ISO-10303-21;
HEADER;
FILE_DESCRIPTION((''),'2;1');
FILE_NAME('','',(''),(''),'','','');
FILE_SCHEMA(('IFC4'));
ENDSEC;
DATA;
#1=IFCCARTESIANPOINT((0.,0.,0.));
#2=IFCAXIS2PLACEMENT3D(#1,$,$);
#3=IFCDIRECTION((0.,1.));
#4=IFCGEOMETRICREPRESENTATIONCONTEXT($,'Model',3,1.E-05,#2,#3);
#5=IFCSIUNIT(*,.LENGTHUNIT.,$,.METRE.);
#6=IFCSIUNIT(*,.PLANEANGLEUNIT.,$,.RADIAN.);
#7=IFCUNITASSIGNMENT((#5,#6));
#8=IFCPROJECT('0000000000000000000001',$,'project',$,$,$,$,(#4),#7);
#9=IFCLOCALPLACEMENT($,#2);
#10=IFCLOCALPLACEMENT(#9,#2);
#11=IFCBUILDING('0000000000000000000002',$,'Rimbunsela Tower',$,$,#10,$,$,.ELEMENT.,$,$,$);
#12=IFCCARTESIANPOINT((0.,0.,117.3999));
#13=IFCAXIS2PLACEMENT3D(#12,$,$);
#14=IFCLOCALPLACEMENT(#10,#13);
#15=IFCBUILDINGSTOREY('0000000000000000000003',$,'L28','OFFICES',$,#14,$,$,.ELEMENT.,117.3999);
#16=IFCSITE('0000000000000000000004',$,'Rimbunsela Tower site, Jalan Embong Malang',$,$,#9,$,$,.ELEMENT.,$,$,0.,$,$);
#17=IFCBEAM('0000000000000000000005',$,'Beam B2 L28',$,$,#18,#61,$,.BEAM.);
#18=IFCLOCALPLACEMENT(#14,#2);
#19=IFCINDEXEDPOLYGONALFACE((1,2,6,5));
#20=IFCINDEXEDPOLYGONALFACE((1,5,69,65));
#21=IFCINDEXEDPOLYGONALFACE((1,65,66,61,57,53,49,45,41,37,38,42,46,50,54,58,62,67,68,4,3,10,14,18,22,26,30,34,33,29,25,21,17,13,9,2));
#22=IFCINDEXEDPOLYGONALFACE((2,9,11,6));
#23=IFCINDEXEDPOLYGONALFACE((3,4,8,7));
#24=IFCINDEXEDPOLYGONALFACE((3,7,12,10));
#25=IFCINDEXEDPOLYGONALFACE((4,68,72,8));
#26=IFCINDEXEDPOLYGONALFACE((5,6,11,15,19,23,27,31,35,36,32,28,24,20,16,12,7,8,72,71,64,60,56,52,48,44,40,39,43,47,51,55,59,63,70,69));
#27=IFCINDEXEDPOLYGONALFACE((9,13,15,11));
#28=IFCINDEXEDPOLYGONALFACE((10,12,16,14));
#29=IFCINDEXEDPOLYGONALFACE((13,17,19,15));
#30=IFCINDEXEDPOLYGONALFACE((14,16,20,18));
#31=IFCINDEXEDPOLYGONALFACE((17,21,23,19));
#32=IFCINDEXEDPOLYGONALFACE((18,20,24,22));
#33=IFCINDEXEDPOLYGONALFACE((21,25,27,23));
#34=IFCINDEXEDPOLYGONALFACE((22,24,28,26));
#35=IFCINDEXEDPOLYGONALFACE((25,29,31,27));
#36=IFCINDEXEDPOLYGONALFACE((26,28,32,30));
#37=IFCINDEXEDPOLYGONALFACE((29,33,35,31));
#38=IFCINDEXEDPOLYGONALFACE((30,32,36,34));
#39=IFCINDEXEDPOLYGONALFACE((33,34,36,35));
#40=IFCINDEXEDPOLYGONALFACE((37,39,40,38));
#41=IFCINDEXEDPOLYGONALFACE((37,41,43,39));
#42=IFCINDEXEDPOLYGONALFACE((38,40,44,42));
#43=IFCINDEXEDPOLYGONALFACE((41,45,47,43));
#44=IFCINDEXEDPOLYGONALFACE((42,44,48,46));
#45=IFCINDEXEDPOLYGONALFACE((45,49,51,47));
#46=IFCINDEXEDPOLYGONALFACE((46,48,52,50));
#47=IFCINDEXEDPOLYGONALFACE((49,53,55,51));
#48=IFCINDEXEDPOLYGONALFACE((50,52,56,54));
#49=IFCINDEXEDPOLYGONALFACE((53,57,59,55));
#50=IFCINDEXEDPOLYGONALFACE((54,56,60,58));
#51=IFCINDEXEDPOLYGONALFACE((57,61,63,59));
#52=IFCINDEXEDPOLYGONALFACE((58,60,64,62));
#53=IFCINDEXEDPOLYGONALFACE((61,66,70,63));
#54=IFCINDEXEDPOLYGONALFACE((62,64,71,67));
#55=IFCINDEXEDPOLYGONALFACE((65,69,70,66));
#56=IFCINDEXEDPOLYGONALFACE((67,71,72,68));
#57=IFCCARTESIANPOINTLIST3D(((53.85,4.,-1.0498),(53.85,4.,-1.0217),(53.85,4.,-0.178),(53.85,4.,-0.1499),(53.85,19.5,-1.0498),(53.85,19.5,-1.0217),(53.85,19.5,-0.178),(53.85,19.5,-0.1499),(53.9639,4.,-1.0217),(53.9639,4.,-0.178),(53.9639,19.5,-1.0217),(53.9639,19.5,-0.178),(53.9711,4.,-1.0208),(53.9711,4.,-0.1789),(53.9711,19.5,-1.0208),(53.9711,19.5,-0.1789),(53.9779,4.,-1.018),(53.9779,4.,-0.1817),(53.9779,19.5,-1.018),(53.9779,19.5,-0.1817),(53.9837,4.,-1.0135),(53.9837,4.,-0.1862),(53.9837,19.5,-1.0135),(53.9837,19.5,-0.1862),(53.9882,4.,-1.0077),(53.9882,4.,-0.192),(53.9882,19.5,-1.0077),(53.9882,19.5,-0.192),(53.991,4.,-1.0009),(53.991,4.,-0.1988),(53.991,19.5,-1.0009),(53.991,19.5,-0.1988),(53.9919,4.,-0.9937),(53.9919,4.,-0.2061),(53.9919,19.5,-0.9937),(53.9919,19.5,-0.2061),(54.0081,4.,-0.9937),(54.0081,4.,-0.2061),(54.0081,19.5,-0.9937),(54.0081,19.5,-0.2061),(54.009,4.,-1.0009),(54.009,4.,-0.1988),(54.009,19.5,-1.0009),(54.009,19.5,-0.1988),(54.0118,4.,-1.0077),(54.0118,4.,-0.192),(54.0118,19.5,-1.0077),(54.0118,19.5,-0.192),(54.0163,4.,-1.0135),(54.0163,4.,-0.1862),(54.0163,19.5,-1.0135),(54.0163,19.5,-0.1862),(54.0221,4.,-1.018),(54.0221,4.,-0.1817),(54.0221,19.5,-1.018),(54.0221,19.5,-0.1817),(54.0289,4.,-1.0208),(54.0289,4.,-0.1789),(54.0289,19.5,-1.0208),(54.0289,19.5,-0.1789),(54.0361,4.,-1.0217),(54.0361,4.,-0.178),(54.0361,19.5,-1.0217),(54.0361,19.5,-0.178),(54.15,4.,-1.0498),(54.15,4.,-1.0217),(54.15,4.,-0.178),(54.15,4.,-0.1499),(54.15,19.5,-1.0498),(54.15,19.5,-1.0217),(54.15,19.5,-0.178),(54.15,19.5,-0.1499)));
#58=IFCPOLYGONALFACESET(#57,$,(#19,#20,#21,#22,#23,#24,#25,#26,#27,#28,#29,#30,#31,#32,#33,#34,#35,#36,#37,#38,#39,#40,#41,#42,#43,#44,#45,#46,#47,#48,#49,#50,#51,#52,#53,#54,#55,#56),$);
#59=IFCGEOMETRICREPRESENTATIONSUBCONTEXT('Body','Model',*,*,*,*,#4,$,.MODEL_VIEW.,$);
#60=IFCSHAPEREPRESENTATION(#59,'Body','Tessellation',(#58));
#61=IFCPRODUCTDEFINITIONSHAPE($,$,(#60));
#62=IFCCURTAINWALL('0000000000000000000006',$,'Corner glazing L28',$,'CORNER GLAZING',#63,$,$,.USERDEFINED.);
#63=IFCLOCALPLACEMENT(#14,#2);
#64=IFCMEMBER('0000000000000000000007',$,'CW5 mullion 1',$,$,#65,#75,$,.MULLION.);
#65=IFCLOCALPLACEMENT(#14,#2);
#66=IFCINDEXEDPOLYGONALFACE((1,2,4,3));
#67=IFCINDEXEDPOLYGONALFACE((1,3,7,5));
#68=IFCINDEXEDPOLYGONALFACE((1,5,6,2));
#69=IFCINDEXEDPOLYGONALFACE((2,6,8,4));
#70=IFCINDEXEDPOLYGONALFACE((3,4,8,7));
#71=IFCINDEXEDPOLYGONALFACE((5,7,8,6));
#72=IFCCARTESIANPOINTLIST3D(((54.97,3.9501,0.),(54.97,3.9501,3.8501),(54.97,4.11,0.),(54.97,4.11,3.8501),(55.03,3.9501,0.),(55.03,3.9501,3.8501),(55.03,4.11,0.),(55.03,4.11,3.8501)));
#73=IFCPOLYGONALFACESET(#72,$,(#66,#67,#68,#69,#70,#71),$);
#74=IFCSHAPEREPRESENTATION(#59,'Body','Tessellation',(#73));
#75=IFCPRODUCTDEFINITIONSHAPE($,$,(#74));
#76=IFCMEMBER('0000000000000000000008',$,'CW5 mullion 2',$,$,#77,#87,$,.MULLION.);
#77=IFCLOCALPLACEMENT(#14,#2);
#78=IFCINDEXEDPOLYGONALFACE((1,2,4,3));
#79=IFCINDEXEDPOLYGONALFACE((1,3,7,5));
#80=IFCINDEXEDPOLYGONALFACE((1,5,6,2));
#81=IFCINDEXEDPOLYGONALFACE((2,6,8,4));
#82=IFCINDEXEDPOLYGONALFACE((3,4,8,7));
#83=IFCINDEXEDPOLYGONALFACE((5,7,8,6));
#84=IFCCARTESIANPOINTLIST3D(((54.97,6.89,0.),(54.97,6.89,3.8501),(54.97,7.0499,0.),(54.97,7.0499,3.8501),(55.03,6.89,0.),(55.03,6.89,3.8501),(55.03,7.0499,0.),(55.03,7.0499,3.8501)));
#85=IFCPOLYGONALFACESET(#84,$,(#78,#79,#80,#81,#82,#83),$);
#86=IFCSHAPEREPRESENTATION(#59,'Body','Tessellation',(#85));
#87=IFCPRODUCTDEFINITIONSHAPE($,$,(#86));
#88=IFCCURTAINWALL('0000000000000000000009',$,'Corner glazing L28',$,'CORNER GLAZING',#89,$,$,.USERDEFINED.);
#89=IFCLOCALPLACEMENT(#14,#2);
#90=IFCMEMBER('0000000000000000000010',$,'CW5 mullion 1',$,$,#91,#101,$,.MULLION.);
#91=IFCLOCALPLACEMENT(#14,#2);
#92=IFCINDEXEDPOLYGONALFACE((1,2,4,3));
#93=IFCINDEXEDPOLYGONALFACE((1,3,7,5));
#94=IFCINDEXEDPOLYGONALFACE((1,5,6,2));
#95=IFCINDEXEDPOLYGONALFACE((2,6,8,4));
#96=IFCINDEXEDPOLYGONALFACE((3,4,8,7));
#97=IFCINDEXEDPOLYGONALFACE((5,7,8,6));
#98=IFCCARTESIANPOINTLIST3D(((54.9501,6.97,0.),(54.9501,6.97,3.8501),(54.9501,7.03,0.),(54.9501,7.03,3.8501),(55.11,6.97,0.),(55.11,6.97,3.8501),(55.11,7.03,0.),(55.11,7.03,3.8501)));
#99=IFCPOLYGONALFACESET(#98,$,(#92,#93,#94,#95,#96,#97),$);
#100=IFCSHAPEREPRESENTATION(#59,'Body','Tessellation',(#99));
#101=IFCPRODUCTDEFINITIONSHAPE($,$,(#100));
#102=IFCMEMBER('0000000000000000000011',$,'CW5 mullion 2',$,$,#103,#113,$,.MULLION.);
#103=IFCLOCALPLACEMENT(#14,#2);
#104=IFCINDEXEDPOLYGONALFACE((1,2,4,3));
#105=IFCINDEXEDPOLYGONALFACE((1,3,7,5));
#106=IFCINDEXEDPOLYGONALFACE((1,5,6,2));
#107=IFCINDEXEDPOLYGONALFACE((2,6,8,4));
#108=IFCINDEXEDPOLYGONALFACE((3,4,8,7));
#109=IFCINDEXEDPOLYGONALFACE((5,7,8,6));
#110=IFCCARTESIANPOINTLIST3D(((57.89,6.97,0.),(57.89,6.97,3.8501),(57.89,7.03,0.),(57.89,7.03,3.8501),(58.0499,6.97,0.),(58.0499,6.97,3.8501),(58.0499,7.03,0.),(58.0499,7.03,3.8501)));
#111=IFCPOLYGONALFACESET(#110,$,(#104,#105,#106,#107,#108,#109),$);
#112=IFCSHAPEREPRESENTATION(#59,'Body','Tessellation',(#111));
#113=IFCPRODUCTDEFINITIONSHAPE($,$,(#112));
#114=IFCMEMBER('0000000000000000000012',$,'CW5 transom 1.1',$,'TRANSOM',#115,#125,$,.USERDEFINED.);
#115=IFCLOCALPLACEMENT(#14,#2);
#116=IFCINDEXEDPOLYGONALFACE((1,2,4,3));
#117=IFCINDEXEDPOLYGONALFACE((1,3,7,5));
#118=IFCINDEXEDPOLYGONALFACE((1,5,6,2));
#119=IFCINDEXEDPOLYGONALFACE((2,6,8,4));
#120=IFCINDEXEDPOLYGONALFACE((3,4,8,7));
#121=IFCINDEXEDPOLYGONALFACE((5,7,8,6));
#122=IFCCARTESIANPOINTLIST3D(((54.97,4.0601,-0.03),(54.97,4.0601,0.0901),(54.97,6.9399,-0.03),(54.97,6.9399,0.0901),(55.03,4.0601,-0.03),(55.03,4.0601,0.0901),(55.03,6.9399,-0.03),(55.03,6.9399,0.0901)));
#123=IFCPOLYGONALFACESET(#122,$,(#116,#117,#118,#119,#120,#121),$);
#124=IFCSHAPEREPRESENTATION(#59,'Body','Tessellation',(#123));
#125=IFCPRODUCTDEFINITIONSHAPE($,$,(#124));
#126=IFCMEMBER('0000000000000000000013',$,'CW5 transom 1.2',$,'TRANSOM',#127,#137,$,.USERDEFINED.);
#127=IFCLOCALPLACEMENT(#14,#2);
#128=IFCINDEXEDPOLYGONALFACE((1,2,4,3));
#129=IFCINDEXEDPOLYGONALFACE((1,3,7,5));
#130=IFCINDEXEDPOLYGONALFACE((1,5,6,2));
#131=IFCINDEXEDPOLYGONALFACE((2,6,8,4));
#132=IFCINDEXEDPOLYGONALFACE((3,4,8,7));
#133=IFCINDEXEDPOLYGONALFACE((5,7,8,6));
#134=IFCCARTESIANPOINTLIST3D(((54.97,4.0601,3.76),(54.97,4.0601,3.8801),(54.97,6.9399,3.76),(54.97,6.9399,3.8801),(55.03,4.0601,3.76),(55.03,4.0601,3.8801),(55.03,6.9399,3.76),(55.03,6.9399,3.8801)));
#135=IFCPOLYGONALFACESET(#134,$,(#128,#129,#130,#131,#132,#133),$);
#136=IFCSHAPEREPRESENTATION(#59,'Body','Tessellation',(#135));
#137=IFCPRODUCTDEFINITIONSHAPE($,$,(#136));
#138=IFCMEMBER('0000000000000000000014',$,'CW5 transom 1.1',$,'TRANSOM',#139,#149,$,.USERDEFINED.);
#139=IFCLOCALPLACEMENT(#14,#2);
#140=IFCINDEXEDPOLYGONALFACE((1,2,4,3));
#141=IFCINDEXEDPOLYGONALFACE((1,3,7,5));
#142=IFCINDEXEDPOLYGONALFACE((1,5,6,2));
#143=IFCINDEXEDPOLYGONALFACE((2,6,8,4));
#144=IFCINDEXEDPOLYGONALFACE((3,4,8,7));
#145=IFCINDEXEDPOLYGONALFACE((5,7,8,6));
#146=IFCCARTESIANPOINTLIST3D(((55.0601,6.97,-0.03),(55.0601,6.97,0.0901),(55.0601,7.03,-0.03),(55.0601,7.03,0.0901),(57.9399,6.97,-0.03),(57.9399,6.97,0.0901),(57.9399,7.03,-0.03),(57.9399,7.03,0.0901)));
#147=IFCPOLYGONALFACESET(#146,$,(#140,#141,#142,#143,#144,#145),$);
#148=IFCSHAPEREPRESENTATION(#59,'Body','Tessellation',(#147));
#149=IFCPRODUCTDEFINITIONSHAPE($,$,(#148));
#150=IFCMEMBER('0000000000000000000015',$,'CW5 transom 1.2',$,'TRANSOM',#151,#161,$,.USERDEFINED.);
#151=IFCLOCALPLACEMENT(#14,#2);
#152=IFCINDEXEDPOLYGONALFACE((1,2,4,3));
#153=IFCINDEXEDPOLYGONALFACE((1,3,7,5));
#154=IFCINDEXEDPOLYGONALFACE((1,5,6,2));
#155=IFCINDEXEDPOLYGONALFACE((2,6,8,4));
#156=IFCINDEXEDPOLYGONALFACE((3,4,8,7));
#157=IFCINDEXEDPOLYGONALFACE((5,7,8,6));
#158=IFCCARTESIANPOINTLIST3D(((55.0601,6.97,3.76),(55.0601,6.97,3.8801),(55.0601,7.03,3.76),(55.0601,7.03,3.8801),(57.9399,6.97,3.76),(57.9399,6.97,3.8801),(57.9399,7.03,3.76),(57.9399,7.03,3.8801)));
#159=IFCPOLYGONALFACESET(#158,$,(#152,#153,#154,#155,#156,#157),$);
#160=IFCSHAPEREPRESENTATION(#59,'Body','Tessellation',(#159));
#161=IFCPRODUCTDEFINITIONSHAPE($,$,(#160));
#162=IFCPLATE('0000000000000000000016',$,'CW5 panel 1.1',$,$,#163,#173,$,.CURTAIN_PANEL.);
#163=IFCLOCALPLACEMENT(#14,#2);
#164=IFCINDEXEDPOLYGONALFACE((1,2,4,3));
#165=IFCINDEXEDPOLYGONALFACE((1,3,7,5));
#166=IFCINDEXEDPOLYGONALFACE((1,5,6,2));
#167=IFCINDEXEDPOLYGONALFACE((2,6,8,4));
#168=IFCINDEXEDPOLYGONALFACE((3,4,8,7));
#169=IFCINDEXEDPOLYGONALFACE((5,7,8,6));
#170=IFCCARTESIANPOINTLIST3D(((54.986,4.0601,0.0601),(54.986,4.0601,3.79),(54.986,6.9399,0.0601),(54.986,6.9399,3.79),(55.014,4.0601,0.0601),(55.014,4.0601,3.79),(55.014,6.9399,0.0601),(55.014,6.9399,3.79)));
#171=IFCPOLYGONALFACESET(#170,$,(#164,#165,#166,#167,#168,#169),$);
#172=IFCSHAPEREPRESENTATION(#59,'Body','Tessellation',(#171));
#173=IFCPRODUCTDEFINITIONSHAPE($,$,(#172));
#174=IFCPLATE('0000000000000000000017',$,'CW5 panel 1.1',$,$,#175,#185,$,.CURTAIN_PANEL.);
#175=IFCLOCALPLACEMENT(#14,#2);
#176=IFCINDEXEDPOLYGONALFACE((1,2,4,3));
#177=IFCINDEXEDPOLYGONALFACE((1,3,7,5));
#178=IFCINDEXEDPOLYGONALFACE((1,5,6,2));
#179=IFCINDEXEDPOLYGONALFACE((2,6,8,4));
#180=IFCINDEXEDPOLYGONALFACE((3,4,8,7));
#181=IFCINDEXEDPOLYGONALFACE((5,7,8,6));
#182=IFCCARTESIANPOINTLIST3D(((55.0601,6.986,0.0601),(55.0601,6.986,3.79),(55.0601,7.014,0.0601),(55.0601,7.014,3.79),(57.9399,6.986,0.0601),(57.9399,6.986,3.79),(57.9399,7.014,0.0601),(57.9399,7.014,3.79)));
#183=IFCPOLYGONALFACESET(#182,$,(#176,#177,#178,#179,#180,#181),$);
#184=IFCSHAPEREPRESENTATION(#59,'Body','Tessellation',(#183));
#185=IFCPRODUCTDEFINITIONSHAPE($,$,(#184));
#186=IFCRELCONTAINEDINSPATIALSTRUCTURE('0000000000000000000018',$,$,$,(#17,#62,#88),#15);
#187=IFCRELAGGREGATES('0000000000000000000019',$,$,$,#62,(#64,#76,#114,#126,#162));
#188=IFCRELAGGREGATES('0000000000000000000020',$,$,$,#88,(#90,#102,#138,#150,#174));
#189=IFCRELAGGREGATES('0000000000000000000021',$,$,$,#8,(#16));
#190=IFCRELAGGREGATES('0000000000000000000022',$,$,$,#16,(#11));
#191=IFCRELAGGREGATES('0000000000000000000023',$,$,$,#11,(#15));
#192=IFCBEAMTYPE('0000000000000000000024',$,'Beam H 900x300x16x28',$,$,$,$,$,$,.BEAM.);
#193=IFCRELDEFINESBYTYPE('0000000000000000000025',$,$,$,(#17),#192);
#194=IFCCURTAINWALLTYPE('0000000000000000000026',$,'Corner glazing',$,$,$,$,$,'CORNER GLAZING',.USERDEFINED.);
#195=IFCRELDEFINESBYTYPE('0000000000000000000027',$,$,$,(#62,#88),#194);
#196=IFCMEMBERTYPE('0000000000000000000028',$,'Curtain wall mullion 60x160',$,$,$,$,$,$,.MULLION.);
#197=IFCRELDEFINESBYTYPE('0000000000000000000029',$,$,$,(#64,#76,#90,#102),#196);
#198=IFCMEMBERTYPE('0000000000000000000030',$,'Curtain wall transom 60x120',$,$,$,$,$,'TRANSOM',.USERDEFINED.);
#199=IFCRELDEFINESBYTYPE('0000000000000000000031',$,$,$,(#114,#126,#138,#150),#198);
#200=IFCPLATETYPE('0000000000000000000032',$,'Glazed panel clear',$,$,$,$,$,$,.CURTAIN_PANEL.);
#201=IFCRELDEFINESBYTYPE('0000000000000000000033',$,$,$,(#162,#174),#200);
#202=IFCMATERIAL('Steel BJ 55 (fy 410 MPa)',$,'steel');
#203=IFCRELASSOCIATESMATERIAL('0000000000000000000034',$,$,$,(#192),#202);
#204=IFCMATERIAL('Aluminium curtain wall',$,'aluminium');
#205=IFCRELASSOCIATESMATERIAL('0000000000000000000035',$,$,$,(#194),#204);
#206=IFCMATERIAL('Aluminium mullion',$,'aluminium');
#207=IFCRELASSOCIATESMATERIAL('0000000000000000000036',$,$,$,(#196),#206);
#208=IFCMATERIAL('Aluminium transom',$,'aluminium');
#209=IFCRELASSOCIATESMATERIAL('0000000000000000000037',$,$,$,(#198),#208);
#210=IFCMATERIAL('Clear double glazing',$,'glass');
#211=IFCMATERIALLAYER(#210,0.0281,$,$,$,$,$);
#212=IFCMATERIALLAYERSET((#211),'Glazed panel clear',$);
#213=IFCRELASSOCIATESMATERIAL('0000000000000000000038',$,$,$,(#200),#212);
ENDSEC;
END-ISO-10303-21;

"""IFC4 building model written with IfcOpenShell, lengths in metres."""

from ifc_helpers import new_model, si_unit, direction, frame, origin, origin_2d, place, context, subcontext, project, spatial, rectangle, i_section, extrude, material, layer, layer_set, material_profile, profile_set, type_object, element, aggregate, save


model = new_model("IFC4")

# Units and contexts
model_context = context("Model", 3, precision=1e-05, world=origin(), true_north=direction((0.0, 1.0)))
body_context = subcontext(model_context, "Body", "Model", "MODEL_VIEW")
ifc_project = project(units=[si_unit("LENGTHUNIT", "METRE"), si_unit("PLANEANGLEUNIT", "RADIAN")], contexts=[model_context])

# Site, building, storey
site_placement = place(None, origin())
site = spatial("IfcSite", under=ifc_project, at=site_placement, Name="Rimbunsela Tower site, Jalan Embong Malang", CompositionType="ELEMENT", RefElevation=0.0)
building_placement = place(site_placement, origin())
building = spatial("IfcBuilding", under=site, at=building_placement, Name="Rimbunsela Tower", CompositionType="ELEMENT")
storey_placement = place(building_placement, frame((0.0, 0.0, 117.3999)))
storey = spatial("IfcBuildingStorey", under=building, at=storey_placement, Name="L28", Description="OFFICES", CompositionType="ELEMENT", Elevation=117.3999)

# Beam
ifc_material_1 = material(Name="Steel BJ 55 (fy 410 MPa)", Category="steel")
ifc_material_profile_1 = material_profile(ifc_material_1, i_section(OverallWidth=0.3, OverallDepth=0.8999, WebThickness=0.0161, FlangeThickness=0.0281, FilletRadius=0.0281, at=origin_2d()), Name="H 900x300x16x28")
ifc_profile_set_1 = profile_set([ifc_material_profile_1], Name="Steel BJ 55 (fy 410 MPa)")
beam_type_1 = type_object("IfcBeamType", Name="Beam H 900x300x16x28", PredefinedType="BEAM", material=ifc_profile_set_1)
for number, where, z_axis, x_axis, name in (
    (1, (54.0, 4.0, -0.5999), (0.0, 1.0, 0.0), (-1.0, 0.0, 0.0), "Beam B2 L28"),
):
    element("IfcBeam", number, at=place(storey_placement, frame(where, z_axis=z_axis, x_axis=x_axis)), inside=storey, type_object=beam_type_1, Name=name, PredefinedType="BEAM", context=body_context, shape_type="SweptSolid", body=[
        extrude(i_section(OverallWidth=0.3, OverallDepth=0.8999, WebThickness=0.0161, FlangeThickness=0.0281, FilletRadius=0.0281, at=origin_2d()), origin(), (0.0, 0.0, 1.0), 15.5),
    ])

# Curtain walls, members
ifc_material_2 = material(Name="Aluminium curtain wall", Category="aluminium")
curtain_wall_type = type_object("IfcCurtainWallType", Name="Corner glazing", ElementType="CORNER GLAZING", PredefinedType="USERDEFINED", material=ifc_material_2)
curtain_wall_1_placement = place(storey_placement, origin())
curtain_wall_1 = element("IfcCurtainWall", 2, at=curtain_wall_1_placement, inside=storey, type_object=curtain_wall_type, Name="Corner glazing L28", ObjectType="CORNER GLAZING", PredefinedType="USERDEFINED")
ifc_material_3 = material(Name="Aluminium mullion", Category="aluminium")
ifc_material_profile_2 = material_profile(ifc_material_3, rectangle(XDim=0.0601, YDim=0.1599, at=origin_2d()), Name="Mullion 60x160")
ifc_profile_set_2 = profile_set([ifc_material_profile_2], Name="Aluminium mullion")
member_type_1 = type_object("IfcMemberType", Name="Curtain wall mullion 60x160", PredefinedType="MULLION", material=ifc_profile_set_2)
member_1_placement = place(storey_placement, frame((55.0, 4.03, 0.0), z_axis=(0.0, 0.0, 1.0), x_axis=(-1.0, 0.0, 0.0)))
member_1 = element("IfcMember", 3, at=member_1_placement, type_object=member_type_1, Name="CW5 mullion 1", PredefinedType="MULLION", context=body_context, shape_type="SweptSolid", body=[
    extrude(rectangle(XDim=0.0601, YDim=0.1599, at=origin_2d()), origin(), (0.0, 0.0, 1.0), 3.8501),
])
member_2_placement = place(storey_placement, frame((55.0, 6.97, 0.0), z_axis=(0.0, 0.0, 1.0), x_axis=(-1.0, 0.0, 0.0)))
member_2 = element("IfcMember", 4, at=member_2_placement, type_object=member_type_1, Name="CW5 mullion 2", PredefinedType="MULLION", context=body_context, shape_type="SweptSolid", body=[
    extrude(rectangle(XDim=0.0601, YDim=0.1599, at=origin_2d()), origin(), (0.0, 0.0, 1.0), 3.8501),
])
curtain_wall_2_placement = place(storey_placement, origin())
curtain_wall_2 = element("IfcCurtainWall", 5, at=curtain_wall_2_placement, inside=storey, type_object=curtain_wall_type, Name="Corner glazing L28", ObjectType="CORNER GLAZING", PredefinedType="USERDEFINED")
member_3_placement = place(storey_placement, frame((55.03, 7.0, 0.0), z_axis=(0.0, 0.0, 1.0), x_axis=(0.0, 1.0, 0.0)))
member_3 = element("IfcMember", 6, at=member_3_placement, type_object=member_type_1, Name="CW5 mullion 1", PredefinedType="MULLION", context=body_context, shape_type="SweptSolid", body=[
    extrude(rectangle(XDim=0.0601, YDim=0.1599, at=origin_2d()), origin(), (0.0, 0.0, 1.0), 3.8501),
])
member_4_placement = place(storey_placement, frame((57.97, 7.0, 0.0), z_axis=(0.0, 0.0, 1.0), x_axis=(0.0, 1.0, 0.0)))
member_4 = element("IfcMember", 7, at=member_4_placement, type_object=member_type_1, Name="CW5 mullion 2", PredefinedType="MULLION", context=body_context, shape_type="SweptSolid", body=[
    extrude(rectangle(XDim=0.0601, YDim=0.1599, at=origin_2d()), origin(), (0.0, 0.0, 1.0), 3.8501),
])

# Members
ifc_material_4 = material(Name="Aluminium transom", Category="aluminium")
ifc_material_profile_3 = material_profile(ifc_material_4, rectangle(XDim=0.0601, YDim=0.1201, at=origin_2d()), Name="Transom 60x120")
ifc_profile_set_3 = profile_set([ifc_material_profile_3], Name="Aluminium transom")
member_type_2 = type_object("IfcMemberType", Name="Curtain wall transom 60x120", ElementType="TRANSOM", PredefinedType="USERDEFINED", material=ifc_profile_set_3)
member_5_placement = place(storey_placement, frame((55.0, 4.0601, 0.03), z_axis=(0.0, 1.0, 0.0), x_axis=(-1.0, 0.0, 0.0)))
member_5 = element("IfcMember", 8, at=member_5_placement, type_object=member_type_2, Name="CW5 transom 1.1", ObjectType="TRANSOM", PredefinedType="USERDEFINED", context=body_context, shape_type="SweptSolid", body=[
    extrude(rectangle(XDim=0.0601, YDim=0.1201, at=origin_2d()), origin(), (0.0, 0.0, 1.0), 2.8799),
])
member_6_placement = place(storey_placement, frame((55.0, 4.0601, 3.8201), z_axis=(0.0, 1.0, 0.0), x_axis=(-1.0, 0.0, 0.0)))
member_6 = element("IfcMember", 9, at=member_6_placement, type_object=member_type_2, Name="CW5 transom 1.2", ObjectType="TRANSOM", PredefinedType="USERDEFINED", context=body_context, shape_type="SweptSolid", body=[
    extrude(rectangle(XDim=0.0601, YDim=0.1201, at=origin_2d()), origin(), (0.0, 0.0, 1.0), 2.8799),
])
member_7_placement = place(storey_placement, frame((55.0601, 7.0, 0.03), z_axis=(1.0, 0.0, 0.0), x_axis=(0.0, 1.0, 0.0)))
member_7 = element("IfcMember", 10, at=member_7_placement, type_object=member_type_2, Name="CW5 transom 1.1", ObjectType="TRANSOM", PredefinedType="USERDEFINED", context=body_context, shape_type="SweptSolid", body=[
    extrude(rectangle(XDim=0.0601, YDim=0.1201, at=origin_2d()), origin(), (0.0, 0.0, 1.0), 2.8799),
])
member_8_placement = place(storey_placement, frame((55.0601, 7.0, 3.8201), z_axis=(1.0, 0.0, 0.0), x_axis=(0.0, 1.0, 0.0)))
member_8 = element("IfcMember", 11, at=member_8_placement, type_object=member_type_2, Name="CW5 transom 1.2", ObjectType="TRANSOM", PredefinedType="USERDEFINED", context=body_context, shape_type="SweptSolid", body=[
    extrude(rectangle(XDim=0.0601, YDim=0.1201, at=origin_2d()), origin(), (0.0, 0.0, 1.0), 2.8799),
])

# Plates
ifc_material_5 = material(Name="Clear double glazing", Category="glass")
ifc_layer_1 = layer(ifc_material_5, 0.0281)
ifc_layer_set_1 = layer_set([ifc_layer_1], Name="Glazed panel clear")
plate_type = type_object("IfcPlateType", Name="Glazed panel clear", PredefinedType="CURTAIN_PANEL", material=ifc_layer_set_1)
plate_1_placement = place(storey_placement, frame((55.0, 5.5, 0.0601), z_axis=(0.0, 0.0, 1.0), x_axis=(0.0, 1.0, 0.0)))
plate_1 = element("IfcPlate", 12, at=plate_1_placement, type_object=plate_type, Name="CW5 panel 1.1", PredefinedType="CURTAIN_PANEL", context=body_context, shape_type="SweptSolid", body=[
    extrude(rectangle(XDim=2.8799, YDim=0.0281, at=origin_2d()), origin(), (0.0, 0.0, 1.0), 3.73),
])
aggregate(curtain_wall_1, [member_1, member_2, member_5, member_6, plate_1])
plate_2_placement = place(storey_placement, frame((56.5, 7.0, 0.0601), z_axis=(0.0, 0.0, 1.0), x_axis=(1.0, 0.0, 0.0)))
plate_2 = element("IfcPlate", 13, at=plate_2_placement, type_object=plate_type, Name="CW5 panel 1.1", PredefinedType="CURTAIN_PANEL", context=body_context, shape_type="SweptSolid", body=[
    extrude(rectangle(XDim=2.8799, YDim=0.0281, at=origin_2d()), origin(), (0.0, 0.0, 1.0), 3.73),
])
aggregate(curtain_wall_2, [member_3, member_4, member_7, member_8, plate_2])

save(model, "model.ifc")
